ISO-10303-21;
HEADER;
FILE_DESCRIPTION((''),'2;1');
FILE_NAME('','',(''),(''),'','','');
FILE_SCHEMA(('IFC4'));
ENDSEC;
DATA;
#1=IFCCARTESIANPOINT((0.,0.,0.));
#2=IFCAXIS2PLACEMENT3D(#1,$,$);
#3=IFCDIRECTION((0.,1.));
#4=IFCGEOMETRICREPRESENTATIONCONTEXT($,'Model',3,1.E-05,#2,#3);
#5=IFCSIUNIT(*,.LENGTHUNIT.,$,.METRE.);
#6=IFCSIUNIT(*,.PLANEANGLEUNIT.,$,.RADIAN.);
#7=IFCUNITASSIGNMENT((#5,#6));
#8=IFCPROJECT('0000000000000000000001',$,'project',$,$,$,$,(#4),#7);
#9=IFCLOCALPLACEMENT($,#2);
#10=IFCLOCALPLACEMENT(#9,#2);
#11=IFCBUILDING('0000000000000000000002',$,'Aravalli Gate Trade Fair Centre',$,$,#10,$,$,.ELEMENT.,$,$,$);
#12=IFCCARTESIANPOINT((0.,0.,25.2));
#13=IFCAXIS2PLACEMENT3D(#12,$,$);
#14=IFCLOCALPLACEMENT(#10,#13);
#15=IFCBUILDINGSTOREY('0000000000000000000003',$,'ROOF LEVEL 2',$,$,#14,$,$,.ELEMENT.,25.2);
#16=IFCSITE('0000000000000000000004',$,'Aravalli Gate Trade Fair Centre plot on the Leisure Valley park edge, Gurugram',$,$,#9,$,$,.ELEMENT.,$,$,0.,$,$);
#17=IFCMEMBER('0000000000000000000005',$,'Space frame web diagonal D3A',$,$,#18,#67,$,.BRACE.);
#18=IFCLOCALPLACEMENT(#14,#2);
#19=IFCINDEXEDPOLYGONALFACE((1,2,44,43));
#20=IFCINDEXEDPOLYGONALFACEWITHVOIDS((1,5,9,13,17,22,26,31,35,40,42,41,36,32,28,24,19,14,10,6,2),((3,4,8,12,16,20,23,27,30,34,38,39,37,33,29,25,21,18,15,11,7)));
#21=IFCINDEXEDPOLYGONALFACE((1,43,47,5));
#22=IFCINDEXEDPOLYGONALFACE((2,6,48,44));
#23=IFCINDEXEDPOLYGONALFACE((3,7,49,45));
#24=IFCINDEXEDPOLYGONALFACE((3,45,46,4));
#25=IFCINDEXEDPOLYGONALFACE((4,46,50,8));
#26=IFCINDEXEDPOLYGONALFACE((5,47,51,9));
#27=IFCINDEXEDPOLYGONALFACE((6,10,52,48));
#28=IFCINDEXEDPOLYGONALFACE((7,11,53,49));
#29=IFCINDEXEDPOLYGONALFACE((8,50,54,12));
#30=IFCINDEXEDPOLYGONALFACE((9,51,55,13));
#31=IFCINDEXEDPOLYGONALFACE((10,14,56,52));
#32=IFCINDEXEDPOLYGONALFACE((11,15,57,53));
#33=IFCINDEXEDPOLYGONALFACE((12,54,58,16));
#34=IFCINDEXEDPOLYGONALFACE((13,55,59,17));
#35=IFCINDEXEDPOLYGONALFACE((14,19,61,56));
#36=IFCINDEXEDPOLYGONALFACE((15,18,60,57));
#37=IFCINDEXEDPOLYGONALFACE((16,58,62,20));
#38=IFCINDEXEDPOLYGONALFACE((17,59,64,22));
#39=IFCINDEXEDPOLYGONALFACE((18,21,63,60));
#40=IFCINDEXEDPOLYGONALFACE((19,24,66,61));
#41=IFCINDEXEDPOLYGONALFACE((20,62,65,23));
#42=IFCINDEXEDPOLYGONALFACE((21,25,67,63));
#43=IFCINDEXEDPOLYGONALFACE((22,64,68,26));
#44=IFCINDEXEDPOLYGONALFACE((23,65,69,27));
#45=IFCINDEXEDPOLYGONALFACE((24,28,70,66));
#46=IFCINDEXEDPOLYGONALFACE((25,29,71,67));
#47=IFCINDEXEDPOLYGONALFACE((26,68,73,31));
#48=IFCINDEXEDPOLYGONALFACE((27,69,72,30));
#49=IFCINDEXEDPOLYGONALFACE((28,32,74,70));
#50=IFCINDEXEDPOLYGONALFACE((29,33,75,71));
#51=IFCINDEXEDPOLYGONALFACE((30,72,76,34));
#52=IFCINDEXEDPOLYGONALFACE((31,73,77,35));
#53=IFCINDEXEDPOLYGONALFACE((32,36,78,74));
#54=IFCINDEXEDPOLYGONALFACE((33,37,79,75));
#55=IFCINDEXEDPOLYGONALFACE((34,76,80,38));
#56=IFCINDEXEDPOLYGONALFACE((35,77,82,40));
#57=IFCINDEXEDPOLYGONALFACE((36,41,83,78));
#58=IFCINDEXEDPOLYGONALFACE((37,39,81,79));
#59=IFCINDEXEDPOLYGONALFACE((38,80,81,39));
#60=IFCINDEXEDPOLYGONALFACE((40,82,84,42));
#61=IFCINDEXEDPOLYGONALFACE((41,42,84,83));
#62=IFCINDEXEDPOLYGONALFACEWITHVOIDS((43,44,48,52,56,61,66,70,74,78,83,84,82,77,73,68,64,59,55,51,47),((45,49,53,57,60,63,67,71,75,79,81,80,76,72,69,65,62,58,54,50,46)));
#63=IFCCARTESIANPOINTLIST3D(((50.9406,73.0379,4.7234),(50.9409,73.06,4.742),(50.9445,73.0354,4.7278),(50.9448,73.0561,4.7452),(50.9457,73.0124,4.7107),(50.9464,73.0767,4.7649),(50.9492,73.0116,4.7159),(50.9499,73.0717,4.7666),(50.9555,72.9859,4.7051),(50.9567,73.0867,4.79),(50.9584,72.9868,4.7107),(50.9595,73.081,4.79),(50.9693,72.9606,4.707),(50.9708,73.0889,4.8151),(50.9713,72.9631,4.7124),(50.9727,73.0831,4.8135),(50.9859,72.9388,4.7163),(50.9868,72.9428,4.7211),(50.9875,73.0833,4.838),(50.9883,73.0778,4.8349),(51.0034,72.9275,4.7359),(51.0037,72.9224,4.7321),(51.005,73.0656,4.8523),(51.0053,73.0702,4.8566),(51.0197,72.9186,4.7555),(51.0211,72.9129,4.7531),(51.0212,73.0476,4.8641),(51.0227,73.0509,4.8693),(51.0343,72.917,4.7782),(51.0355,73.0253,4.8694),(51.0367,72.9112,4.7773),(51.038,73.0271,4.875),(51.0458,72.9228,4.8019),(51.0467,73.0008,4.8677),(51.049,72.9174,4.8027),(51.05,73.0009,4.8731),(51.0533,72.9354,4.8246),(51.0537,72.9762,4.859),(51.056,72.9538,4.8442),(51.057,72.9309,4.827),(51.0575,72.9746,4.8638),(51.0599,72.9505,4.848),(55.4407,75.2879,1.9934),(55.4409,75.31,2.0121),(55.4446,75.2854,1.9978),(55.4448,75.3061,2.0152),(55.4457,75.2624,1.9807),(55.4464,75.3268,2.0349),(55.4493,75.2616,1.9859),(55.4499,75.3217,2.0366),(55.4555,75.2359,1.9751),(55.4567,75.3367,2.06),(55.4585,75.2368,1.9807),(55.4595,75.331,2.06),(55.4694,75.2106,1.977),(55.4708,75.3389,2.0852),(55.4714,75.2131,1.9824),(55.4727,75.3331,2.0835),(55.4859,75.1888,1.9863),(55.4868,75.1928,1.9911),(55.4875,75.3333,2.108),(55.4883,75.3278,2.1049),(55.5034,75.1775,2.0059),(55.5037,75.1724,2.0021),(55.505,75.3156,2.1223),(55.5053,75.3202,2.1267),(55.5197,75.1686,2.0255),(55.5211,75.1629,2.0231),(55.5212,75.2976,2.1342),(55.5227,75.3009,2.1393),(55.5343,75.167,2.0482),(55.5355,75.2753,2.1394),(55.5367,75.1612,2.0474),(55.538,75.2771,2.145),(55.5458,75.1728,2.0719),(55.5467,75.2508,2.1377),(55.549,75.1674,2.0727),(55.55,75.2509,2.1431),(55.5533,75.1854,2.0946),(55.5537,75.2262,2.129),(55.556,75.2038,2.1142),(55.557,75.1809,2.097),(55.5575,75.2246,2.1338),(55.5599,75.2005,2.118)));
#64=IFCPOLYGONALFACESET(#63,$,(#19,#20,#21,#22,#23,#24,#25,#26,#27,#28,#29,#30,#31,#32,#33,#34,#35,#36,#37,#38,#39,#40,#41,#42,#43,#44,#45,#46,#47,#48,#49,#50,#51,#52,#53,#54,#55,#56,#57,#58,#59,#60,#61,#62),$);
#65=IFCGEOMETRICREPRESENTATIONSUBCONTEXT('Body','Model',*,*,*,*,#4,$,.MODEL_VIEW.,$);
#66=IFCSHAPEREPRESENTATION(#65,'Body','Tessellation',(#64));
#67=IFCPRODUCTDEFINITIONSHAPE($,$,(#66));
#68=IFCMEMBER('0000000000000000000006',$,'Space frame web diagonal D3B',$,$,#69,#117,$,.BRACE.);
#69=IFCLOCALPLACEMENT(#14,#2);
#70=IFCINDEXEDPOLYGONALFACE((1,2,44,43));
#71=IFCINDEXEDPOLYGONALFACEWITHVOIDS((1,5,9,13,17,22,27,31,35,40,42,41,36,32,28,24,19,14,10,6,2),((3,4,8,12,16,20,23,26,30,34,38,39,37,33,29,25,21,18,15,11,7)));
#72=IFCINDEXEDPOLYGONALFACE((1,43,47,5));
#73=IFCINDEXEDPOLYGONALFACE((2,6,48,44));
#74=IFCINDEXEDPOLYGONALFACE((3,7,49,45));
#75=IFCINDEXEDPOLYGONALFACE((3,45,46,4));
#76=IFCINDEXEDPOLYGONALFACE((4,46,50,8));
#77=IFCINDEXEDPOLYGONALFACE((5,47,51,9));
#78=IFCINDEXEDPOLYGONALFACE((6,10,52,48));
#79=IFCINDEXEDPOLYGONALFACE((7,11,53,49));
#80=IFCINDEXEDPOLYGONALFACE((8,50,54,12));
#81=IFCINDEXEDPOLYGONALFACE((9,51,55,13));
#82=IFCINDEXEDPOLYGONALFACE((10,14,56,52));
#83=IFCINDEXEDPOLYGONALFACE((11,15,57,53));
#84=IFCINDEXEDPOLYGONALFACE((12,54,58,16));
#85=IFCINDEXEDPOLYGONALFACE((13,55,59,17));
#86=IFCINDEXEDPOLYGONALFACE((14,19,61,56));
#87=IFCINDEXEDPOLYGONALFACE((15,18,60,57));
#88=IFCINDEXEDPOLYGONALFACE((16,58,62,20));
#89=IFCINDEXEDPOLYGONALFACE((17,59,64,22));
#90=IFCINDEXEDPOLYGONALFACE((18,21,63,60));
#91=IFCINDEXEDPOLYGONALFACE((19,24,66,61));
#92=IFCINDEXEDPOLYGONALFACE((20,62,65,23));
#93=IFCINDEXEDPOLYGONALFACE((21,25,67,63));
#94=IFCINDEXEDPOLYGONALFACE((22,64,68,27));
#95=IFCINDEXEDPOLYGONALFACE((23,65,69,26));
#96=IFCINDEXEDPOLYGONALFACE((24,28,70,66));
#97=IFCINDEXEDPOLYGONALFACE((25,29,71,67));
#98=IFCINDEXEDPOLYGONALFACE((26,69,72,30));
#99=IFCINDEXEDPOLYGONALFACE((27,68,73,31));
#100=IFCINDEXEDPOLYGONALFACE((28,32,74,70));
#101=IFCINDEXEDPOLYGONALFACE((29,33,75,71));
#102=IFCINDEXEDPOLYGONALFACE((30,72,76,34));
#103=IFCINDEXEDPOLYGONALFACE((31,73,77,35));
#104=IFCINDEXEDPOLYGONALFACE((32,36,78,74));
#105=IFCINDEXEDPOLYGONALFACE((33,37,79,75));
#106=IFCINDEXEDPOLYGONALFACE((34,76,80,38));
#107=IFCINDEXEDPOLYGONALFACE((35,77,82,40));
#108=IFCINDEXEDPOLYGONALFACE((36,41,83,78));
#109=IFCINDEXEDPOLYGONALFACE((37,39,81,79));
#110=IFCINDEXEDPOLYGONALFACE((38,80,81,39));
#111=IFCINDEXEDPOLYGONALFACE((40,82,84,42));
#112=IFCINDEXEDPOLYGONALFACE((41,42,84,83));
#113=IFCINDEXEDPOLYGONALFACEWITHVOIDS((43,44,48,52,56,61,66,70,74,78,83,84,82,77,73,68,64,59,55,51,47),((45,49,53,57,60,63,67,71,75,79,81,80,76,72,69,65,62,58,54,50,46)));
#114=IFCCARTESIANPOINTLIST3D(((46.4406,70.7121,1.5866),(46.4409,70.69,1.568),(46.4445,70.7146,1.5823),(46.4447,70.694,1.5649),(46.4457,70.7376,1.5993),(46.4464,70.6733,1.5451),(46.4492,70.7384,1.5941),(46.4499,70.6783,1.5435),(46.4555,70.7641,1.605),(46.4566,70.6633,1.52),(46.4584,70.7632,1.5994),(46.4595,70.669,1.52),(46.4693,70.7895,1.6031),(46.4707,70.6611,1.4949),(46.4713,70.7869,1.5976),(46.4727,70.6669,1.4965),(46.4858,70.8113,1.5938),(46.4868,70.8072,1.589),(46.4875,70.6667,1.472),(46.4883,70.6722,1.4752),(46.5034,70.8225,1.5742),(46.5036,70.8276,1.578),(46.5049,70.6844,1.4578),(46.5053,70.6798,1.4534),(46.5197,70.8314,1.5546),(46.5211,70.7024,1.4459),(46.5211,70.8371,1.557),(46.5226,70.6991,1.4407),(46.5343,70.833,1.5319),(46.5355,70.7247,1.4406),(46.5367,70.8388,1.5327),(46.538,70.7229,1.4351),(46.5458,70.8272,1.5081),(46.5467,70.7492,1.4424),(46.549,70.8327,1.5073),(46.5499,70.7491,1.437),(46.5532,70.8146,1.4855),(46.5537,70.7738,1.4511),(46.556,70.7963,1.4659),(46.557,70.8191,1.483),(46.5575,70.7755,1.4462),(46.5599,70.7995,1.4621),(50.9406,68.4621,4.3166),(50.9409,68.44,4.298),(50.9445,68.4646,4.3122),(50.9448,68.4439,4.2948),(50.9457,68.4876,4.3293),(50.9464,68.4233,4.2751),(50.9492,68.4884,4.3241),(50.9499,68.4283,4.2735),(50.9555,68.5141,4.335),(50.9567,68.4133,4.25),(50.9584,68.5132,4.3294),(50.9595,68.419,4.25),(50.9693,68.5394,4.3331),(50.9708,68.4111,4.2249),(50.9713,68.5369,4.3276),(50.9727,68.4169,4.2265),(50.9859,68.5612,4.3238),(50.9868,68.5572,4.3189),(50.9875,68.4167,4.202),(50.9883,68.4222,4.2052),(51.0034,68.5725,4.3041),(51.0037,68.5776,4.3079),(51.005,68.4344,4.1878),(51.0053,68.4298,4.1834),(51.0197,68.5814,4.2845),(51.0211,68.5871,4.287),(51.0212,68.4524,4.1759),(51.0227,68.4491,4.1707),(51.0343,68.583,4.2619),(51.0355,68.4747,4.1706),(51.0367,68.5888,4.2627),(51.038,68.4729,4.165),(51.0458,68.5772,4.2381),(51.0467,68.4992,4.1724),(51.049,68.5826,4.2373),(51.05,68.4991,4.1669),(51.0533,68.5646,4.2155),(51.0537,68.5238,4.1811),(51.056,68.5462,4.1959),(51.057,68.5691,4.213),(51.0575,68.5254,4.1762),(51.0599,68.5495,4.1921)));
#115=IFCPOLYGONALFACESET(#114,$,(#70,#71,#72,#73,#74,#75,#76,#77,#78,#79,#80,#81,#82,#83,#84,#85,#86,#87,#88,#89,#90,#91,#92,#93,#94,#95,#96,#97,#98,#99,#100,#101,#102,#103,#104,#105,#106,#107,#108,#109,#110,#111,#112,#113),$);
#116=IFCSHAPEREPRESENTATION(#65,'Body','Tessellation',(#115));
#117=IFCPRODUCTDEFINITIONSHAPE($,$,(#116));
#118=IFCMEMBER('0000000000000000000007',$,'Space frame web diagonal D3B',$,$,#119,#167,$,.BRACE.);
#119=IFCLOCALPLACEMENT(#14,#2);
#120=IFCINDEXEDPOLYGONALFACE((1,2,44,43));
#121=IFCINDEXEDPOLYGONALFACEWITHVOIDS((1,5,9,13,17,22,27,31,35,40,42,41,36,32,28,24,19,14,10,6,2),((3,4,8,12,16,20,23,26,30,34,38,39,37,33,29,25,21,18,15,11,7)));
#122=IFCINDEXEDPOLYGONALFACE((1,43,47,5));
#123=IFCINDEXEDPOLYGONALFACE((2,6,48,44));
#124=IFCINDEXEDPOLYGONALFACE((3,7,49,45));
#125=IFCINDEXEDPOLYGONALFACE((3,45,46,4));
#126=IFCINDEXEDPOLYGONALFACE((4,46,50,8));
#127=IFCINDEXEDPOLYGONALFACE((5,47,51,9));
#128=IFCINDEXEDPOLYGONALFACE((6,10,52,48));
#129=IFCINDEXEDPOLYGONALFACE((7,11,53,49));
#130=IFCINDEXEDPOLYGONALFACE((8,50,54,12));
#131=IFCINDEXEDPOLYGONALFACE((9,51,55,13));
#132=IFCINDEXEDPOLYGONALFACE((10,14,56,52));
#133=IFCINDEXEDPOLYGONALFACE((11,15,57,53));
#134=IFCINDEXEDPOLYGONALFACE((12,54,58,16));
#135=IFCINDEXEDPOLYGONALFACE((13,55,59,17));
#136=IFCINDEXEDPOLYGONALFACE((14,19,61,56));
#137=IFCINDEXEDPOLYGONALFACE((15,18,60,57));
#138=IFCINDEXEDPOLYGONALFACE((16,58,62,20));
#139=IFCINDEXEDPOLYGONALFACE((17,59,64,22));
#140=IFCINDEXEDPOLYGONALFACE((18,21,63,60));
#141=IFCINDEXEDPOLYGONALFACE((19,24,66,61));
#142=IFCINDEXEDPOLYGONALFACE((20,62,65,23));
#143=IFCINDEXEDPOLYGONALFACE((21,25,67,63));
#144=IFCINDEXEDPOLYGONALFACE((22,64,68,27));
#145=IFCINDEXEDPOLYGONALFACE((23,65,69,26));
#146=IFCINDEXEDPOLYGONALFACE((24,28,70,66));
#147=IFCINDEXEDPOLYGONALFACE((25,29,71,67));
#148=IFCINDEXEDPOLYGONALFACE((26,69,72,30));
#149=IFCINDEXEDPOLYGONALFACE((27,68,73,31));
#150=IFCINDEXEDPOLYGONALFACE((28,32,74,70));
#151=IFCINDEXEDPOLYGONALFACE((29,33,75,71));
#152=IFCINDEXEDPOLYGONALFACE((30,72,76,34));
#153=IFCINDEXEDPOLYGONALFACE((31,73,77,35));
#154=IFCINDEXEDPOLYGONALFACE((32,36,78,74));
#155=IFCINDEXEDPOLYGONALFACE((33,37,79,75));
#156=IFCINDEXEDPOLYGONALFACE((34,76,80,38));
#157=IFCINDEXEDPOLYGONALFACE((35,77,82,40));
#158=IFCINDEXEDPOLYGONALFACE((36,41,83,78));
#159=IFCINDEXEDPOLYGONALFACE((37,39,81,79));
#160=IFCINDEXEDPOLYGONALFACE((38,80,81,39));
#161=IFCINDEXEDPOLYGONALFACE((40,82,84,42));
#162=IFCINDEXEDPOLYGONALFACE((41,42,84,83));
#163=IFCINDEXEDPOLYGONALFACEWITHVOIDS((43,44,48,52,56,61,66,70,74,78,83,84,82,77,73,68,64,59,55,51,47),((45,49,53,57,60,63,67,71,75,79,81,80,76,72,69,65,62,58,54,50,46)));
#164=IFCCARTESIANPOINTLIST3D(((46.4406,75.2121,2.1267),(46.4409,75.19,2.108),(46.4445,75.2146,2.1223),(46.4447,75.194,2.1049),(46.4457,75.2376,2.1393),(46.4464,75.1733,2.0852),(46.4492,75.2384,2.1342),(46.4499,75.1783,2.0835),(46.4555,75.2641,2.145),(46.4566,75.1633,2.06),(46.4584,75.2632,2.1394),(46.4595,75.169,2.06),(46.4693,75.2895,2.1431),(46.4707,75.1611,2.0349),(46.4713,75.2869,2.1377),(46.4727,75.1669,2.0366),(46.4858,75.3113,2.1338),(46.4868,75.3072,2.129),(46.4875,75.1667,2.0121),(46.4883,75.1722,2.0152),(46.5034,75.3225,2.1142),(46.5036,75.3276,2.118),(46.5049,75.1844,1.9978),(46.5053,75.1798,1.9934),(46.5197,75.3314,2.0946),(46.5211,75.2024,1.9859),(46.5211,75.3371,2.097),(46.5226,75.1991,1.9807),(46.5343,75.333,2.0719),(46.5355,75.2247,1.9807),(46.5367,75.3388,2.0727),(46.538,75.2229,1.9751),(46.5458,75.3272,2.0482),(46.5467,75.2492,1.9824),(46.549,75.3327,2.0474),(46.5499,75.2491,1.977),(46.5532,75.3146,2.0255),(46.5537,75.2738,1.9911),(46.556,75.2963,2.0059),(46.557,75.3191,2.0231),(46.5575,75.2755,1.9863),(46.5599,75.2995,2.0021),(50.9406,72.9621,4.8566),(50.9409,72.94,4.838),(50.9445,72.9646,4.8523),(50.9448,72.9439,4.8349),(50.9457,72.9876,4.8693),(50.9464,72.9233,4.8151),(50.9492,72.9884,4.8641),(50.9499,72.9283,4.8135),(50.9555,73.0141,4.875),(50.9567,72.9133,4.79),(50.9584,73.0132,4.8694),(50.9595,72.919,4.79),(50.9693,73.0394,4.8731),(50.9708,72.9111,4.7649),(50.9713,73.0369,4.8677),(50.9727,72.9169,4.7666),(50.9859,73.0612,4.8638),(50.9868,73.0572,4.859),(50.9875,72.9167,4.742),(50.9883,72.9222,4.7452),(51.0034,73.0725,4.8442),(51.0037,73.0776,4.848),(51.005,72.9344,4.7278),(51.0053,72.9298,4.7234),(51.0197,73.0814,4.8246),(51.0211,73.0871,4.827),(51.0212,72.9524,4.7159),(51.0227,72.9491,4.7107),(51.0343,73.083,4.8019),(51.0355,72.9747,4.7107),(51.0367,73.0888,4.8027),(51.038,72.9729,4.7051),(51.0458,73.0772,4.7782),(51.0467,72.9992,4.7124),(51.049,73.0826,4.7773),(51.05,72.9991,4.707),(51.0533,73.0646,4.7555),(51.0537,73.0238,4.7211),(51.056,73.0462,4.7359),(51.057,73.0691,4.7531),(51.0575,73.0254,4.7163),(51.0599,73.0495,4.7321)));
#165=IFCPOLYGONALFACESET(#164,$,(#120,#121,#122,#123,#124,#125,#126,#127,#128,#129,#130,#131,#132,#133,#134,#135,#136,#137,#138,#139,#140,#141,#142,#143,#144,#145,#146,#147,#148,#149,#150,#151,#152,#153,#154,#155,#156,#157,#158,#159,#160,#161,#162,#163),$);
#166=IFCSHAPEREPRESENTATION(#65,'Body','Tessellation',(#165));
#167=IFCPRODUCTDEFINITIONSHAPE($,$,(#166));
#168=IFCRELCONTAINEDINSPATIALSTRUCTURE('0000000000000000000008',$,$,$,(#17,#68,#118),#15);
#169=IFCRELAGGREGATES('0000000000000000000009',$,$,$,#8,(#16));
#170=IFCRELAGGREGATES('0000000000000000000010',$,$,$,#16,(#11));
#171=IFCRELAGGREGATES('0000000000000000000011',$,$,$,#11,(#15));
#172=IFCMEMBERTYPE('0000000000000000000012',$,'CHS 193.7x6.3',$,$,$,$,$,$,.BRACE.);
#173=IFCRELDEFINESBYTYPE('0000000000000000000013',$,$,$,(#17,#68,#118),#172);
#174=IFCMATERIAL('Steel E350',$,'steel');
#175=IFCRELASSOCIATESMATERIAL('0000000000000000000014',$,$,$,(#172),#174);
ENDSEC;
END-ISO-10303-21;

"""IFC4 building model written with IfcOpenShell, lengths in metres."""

from ifc_helpers import new_model, si_unit, direction, frame, origin, origin_2d, place, context, subcontext, project, spatial, hollow_circle, extrude, material, material_profile, profile_set, type_object, element, save


model = new_model("IFC4")

# Units and contexts
model_context = context("Model", 3, precision=1e-05, world=origin(), true_north=direction((0.0, 1.0)))
body_context = subcontext(model_context, "Body", "Model", "MODEL_VIEW")
ifc_project = project(units=[si_unit("LENGTHUNIT", "METRE"), si_unit("PLANEANGLEUNIT", "RADIAN")], contexts=[model_context])

# Site, building, storey
site_placement = place(None, origin())
site = spatial("IfcSite", under=ifc_project, at=site_placement, Name="Aravalli Gate Trade Fair Centre plot on the Leisure Valley park edge, Gurugram", CompositionType="ELEMENT", RefElevation=0.0)
building_placement = place(site_placement, origin())
building = spatial("IfcBuilding", under=site, at=building_placement, Name="Aravalli Gate Trade Fair Centre", CompositionType="ELEMENT")
storey_placement = place(building_placement, frame((0.0, 0.0, 25.2)))
storey = spatial("IfcBuildingStorey", under=building, at=storey_placement, Name="ROOF LEVEL 2", CompositionType="ELEMENT", Elevation=25.2)

# Members
ifc_material_1 = material(Name="Steel E350", Category="steel")
ifc_material_profile_1 = material_profile(ifc_material_1, hollow_circle(Radius=0.0969, WallThickness=0.0063, at=origin_2d()), Name="CHS 193.7x6.3")
ifc_profile_set_1 = profile_set([ifc_material_profile_1], Name="Steel E350")
member_type_1 = type_object("IfcMemberType", Name="CHS 193.7x6.3", PredefinedType="BRACE", material=ifc_profile_set_1)
for number, where, z_axis, x_axis, name in (
    (1, (51.0, 73.0, 4.79), (0.78615, 0.393075, -0.476928), (-0.447214, 0.894427, 0.0), "Space frame web diagonal D3A"),
    (2, (51.0, 68.5, 4.25), (-0.78615, 0.393075, -0.476928), (-0.447214, -0.894427, 0.0), "Space frame web diagonal D3B"),
    (3, (51.0, 73.0, 4.79), (-0.78615, 0.393075, -0.476928), (-0.447214, -0.894427, 0.0), "Space frame web diagonal D3B"),
):
    element("IfcMember", number, at=place(storey_placement, frame(where, z_axis=z_axis, x_axis=x_axis)), inside=storey, type_object=member_type_1, Name=name, PredefinedType="BRACE", context=body_context, shape_type="SweptSolid", body=[
        extrude(hollow_circle(Radius=0.0969, WallThickness=0.0063, at=origin_2d()), origin(), (0.0, 0.0, 1.0), 5.7241),
    ])

save(model, "model.ifc")
